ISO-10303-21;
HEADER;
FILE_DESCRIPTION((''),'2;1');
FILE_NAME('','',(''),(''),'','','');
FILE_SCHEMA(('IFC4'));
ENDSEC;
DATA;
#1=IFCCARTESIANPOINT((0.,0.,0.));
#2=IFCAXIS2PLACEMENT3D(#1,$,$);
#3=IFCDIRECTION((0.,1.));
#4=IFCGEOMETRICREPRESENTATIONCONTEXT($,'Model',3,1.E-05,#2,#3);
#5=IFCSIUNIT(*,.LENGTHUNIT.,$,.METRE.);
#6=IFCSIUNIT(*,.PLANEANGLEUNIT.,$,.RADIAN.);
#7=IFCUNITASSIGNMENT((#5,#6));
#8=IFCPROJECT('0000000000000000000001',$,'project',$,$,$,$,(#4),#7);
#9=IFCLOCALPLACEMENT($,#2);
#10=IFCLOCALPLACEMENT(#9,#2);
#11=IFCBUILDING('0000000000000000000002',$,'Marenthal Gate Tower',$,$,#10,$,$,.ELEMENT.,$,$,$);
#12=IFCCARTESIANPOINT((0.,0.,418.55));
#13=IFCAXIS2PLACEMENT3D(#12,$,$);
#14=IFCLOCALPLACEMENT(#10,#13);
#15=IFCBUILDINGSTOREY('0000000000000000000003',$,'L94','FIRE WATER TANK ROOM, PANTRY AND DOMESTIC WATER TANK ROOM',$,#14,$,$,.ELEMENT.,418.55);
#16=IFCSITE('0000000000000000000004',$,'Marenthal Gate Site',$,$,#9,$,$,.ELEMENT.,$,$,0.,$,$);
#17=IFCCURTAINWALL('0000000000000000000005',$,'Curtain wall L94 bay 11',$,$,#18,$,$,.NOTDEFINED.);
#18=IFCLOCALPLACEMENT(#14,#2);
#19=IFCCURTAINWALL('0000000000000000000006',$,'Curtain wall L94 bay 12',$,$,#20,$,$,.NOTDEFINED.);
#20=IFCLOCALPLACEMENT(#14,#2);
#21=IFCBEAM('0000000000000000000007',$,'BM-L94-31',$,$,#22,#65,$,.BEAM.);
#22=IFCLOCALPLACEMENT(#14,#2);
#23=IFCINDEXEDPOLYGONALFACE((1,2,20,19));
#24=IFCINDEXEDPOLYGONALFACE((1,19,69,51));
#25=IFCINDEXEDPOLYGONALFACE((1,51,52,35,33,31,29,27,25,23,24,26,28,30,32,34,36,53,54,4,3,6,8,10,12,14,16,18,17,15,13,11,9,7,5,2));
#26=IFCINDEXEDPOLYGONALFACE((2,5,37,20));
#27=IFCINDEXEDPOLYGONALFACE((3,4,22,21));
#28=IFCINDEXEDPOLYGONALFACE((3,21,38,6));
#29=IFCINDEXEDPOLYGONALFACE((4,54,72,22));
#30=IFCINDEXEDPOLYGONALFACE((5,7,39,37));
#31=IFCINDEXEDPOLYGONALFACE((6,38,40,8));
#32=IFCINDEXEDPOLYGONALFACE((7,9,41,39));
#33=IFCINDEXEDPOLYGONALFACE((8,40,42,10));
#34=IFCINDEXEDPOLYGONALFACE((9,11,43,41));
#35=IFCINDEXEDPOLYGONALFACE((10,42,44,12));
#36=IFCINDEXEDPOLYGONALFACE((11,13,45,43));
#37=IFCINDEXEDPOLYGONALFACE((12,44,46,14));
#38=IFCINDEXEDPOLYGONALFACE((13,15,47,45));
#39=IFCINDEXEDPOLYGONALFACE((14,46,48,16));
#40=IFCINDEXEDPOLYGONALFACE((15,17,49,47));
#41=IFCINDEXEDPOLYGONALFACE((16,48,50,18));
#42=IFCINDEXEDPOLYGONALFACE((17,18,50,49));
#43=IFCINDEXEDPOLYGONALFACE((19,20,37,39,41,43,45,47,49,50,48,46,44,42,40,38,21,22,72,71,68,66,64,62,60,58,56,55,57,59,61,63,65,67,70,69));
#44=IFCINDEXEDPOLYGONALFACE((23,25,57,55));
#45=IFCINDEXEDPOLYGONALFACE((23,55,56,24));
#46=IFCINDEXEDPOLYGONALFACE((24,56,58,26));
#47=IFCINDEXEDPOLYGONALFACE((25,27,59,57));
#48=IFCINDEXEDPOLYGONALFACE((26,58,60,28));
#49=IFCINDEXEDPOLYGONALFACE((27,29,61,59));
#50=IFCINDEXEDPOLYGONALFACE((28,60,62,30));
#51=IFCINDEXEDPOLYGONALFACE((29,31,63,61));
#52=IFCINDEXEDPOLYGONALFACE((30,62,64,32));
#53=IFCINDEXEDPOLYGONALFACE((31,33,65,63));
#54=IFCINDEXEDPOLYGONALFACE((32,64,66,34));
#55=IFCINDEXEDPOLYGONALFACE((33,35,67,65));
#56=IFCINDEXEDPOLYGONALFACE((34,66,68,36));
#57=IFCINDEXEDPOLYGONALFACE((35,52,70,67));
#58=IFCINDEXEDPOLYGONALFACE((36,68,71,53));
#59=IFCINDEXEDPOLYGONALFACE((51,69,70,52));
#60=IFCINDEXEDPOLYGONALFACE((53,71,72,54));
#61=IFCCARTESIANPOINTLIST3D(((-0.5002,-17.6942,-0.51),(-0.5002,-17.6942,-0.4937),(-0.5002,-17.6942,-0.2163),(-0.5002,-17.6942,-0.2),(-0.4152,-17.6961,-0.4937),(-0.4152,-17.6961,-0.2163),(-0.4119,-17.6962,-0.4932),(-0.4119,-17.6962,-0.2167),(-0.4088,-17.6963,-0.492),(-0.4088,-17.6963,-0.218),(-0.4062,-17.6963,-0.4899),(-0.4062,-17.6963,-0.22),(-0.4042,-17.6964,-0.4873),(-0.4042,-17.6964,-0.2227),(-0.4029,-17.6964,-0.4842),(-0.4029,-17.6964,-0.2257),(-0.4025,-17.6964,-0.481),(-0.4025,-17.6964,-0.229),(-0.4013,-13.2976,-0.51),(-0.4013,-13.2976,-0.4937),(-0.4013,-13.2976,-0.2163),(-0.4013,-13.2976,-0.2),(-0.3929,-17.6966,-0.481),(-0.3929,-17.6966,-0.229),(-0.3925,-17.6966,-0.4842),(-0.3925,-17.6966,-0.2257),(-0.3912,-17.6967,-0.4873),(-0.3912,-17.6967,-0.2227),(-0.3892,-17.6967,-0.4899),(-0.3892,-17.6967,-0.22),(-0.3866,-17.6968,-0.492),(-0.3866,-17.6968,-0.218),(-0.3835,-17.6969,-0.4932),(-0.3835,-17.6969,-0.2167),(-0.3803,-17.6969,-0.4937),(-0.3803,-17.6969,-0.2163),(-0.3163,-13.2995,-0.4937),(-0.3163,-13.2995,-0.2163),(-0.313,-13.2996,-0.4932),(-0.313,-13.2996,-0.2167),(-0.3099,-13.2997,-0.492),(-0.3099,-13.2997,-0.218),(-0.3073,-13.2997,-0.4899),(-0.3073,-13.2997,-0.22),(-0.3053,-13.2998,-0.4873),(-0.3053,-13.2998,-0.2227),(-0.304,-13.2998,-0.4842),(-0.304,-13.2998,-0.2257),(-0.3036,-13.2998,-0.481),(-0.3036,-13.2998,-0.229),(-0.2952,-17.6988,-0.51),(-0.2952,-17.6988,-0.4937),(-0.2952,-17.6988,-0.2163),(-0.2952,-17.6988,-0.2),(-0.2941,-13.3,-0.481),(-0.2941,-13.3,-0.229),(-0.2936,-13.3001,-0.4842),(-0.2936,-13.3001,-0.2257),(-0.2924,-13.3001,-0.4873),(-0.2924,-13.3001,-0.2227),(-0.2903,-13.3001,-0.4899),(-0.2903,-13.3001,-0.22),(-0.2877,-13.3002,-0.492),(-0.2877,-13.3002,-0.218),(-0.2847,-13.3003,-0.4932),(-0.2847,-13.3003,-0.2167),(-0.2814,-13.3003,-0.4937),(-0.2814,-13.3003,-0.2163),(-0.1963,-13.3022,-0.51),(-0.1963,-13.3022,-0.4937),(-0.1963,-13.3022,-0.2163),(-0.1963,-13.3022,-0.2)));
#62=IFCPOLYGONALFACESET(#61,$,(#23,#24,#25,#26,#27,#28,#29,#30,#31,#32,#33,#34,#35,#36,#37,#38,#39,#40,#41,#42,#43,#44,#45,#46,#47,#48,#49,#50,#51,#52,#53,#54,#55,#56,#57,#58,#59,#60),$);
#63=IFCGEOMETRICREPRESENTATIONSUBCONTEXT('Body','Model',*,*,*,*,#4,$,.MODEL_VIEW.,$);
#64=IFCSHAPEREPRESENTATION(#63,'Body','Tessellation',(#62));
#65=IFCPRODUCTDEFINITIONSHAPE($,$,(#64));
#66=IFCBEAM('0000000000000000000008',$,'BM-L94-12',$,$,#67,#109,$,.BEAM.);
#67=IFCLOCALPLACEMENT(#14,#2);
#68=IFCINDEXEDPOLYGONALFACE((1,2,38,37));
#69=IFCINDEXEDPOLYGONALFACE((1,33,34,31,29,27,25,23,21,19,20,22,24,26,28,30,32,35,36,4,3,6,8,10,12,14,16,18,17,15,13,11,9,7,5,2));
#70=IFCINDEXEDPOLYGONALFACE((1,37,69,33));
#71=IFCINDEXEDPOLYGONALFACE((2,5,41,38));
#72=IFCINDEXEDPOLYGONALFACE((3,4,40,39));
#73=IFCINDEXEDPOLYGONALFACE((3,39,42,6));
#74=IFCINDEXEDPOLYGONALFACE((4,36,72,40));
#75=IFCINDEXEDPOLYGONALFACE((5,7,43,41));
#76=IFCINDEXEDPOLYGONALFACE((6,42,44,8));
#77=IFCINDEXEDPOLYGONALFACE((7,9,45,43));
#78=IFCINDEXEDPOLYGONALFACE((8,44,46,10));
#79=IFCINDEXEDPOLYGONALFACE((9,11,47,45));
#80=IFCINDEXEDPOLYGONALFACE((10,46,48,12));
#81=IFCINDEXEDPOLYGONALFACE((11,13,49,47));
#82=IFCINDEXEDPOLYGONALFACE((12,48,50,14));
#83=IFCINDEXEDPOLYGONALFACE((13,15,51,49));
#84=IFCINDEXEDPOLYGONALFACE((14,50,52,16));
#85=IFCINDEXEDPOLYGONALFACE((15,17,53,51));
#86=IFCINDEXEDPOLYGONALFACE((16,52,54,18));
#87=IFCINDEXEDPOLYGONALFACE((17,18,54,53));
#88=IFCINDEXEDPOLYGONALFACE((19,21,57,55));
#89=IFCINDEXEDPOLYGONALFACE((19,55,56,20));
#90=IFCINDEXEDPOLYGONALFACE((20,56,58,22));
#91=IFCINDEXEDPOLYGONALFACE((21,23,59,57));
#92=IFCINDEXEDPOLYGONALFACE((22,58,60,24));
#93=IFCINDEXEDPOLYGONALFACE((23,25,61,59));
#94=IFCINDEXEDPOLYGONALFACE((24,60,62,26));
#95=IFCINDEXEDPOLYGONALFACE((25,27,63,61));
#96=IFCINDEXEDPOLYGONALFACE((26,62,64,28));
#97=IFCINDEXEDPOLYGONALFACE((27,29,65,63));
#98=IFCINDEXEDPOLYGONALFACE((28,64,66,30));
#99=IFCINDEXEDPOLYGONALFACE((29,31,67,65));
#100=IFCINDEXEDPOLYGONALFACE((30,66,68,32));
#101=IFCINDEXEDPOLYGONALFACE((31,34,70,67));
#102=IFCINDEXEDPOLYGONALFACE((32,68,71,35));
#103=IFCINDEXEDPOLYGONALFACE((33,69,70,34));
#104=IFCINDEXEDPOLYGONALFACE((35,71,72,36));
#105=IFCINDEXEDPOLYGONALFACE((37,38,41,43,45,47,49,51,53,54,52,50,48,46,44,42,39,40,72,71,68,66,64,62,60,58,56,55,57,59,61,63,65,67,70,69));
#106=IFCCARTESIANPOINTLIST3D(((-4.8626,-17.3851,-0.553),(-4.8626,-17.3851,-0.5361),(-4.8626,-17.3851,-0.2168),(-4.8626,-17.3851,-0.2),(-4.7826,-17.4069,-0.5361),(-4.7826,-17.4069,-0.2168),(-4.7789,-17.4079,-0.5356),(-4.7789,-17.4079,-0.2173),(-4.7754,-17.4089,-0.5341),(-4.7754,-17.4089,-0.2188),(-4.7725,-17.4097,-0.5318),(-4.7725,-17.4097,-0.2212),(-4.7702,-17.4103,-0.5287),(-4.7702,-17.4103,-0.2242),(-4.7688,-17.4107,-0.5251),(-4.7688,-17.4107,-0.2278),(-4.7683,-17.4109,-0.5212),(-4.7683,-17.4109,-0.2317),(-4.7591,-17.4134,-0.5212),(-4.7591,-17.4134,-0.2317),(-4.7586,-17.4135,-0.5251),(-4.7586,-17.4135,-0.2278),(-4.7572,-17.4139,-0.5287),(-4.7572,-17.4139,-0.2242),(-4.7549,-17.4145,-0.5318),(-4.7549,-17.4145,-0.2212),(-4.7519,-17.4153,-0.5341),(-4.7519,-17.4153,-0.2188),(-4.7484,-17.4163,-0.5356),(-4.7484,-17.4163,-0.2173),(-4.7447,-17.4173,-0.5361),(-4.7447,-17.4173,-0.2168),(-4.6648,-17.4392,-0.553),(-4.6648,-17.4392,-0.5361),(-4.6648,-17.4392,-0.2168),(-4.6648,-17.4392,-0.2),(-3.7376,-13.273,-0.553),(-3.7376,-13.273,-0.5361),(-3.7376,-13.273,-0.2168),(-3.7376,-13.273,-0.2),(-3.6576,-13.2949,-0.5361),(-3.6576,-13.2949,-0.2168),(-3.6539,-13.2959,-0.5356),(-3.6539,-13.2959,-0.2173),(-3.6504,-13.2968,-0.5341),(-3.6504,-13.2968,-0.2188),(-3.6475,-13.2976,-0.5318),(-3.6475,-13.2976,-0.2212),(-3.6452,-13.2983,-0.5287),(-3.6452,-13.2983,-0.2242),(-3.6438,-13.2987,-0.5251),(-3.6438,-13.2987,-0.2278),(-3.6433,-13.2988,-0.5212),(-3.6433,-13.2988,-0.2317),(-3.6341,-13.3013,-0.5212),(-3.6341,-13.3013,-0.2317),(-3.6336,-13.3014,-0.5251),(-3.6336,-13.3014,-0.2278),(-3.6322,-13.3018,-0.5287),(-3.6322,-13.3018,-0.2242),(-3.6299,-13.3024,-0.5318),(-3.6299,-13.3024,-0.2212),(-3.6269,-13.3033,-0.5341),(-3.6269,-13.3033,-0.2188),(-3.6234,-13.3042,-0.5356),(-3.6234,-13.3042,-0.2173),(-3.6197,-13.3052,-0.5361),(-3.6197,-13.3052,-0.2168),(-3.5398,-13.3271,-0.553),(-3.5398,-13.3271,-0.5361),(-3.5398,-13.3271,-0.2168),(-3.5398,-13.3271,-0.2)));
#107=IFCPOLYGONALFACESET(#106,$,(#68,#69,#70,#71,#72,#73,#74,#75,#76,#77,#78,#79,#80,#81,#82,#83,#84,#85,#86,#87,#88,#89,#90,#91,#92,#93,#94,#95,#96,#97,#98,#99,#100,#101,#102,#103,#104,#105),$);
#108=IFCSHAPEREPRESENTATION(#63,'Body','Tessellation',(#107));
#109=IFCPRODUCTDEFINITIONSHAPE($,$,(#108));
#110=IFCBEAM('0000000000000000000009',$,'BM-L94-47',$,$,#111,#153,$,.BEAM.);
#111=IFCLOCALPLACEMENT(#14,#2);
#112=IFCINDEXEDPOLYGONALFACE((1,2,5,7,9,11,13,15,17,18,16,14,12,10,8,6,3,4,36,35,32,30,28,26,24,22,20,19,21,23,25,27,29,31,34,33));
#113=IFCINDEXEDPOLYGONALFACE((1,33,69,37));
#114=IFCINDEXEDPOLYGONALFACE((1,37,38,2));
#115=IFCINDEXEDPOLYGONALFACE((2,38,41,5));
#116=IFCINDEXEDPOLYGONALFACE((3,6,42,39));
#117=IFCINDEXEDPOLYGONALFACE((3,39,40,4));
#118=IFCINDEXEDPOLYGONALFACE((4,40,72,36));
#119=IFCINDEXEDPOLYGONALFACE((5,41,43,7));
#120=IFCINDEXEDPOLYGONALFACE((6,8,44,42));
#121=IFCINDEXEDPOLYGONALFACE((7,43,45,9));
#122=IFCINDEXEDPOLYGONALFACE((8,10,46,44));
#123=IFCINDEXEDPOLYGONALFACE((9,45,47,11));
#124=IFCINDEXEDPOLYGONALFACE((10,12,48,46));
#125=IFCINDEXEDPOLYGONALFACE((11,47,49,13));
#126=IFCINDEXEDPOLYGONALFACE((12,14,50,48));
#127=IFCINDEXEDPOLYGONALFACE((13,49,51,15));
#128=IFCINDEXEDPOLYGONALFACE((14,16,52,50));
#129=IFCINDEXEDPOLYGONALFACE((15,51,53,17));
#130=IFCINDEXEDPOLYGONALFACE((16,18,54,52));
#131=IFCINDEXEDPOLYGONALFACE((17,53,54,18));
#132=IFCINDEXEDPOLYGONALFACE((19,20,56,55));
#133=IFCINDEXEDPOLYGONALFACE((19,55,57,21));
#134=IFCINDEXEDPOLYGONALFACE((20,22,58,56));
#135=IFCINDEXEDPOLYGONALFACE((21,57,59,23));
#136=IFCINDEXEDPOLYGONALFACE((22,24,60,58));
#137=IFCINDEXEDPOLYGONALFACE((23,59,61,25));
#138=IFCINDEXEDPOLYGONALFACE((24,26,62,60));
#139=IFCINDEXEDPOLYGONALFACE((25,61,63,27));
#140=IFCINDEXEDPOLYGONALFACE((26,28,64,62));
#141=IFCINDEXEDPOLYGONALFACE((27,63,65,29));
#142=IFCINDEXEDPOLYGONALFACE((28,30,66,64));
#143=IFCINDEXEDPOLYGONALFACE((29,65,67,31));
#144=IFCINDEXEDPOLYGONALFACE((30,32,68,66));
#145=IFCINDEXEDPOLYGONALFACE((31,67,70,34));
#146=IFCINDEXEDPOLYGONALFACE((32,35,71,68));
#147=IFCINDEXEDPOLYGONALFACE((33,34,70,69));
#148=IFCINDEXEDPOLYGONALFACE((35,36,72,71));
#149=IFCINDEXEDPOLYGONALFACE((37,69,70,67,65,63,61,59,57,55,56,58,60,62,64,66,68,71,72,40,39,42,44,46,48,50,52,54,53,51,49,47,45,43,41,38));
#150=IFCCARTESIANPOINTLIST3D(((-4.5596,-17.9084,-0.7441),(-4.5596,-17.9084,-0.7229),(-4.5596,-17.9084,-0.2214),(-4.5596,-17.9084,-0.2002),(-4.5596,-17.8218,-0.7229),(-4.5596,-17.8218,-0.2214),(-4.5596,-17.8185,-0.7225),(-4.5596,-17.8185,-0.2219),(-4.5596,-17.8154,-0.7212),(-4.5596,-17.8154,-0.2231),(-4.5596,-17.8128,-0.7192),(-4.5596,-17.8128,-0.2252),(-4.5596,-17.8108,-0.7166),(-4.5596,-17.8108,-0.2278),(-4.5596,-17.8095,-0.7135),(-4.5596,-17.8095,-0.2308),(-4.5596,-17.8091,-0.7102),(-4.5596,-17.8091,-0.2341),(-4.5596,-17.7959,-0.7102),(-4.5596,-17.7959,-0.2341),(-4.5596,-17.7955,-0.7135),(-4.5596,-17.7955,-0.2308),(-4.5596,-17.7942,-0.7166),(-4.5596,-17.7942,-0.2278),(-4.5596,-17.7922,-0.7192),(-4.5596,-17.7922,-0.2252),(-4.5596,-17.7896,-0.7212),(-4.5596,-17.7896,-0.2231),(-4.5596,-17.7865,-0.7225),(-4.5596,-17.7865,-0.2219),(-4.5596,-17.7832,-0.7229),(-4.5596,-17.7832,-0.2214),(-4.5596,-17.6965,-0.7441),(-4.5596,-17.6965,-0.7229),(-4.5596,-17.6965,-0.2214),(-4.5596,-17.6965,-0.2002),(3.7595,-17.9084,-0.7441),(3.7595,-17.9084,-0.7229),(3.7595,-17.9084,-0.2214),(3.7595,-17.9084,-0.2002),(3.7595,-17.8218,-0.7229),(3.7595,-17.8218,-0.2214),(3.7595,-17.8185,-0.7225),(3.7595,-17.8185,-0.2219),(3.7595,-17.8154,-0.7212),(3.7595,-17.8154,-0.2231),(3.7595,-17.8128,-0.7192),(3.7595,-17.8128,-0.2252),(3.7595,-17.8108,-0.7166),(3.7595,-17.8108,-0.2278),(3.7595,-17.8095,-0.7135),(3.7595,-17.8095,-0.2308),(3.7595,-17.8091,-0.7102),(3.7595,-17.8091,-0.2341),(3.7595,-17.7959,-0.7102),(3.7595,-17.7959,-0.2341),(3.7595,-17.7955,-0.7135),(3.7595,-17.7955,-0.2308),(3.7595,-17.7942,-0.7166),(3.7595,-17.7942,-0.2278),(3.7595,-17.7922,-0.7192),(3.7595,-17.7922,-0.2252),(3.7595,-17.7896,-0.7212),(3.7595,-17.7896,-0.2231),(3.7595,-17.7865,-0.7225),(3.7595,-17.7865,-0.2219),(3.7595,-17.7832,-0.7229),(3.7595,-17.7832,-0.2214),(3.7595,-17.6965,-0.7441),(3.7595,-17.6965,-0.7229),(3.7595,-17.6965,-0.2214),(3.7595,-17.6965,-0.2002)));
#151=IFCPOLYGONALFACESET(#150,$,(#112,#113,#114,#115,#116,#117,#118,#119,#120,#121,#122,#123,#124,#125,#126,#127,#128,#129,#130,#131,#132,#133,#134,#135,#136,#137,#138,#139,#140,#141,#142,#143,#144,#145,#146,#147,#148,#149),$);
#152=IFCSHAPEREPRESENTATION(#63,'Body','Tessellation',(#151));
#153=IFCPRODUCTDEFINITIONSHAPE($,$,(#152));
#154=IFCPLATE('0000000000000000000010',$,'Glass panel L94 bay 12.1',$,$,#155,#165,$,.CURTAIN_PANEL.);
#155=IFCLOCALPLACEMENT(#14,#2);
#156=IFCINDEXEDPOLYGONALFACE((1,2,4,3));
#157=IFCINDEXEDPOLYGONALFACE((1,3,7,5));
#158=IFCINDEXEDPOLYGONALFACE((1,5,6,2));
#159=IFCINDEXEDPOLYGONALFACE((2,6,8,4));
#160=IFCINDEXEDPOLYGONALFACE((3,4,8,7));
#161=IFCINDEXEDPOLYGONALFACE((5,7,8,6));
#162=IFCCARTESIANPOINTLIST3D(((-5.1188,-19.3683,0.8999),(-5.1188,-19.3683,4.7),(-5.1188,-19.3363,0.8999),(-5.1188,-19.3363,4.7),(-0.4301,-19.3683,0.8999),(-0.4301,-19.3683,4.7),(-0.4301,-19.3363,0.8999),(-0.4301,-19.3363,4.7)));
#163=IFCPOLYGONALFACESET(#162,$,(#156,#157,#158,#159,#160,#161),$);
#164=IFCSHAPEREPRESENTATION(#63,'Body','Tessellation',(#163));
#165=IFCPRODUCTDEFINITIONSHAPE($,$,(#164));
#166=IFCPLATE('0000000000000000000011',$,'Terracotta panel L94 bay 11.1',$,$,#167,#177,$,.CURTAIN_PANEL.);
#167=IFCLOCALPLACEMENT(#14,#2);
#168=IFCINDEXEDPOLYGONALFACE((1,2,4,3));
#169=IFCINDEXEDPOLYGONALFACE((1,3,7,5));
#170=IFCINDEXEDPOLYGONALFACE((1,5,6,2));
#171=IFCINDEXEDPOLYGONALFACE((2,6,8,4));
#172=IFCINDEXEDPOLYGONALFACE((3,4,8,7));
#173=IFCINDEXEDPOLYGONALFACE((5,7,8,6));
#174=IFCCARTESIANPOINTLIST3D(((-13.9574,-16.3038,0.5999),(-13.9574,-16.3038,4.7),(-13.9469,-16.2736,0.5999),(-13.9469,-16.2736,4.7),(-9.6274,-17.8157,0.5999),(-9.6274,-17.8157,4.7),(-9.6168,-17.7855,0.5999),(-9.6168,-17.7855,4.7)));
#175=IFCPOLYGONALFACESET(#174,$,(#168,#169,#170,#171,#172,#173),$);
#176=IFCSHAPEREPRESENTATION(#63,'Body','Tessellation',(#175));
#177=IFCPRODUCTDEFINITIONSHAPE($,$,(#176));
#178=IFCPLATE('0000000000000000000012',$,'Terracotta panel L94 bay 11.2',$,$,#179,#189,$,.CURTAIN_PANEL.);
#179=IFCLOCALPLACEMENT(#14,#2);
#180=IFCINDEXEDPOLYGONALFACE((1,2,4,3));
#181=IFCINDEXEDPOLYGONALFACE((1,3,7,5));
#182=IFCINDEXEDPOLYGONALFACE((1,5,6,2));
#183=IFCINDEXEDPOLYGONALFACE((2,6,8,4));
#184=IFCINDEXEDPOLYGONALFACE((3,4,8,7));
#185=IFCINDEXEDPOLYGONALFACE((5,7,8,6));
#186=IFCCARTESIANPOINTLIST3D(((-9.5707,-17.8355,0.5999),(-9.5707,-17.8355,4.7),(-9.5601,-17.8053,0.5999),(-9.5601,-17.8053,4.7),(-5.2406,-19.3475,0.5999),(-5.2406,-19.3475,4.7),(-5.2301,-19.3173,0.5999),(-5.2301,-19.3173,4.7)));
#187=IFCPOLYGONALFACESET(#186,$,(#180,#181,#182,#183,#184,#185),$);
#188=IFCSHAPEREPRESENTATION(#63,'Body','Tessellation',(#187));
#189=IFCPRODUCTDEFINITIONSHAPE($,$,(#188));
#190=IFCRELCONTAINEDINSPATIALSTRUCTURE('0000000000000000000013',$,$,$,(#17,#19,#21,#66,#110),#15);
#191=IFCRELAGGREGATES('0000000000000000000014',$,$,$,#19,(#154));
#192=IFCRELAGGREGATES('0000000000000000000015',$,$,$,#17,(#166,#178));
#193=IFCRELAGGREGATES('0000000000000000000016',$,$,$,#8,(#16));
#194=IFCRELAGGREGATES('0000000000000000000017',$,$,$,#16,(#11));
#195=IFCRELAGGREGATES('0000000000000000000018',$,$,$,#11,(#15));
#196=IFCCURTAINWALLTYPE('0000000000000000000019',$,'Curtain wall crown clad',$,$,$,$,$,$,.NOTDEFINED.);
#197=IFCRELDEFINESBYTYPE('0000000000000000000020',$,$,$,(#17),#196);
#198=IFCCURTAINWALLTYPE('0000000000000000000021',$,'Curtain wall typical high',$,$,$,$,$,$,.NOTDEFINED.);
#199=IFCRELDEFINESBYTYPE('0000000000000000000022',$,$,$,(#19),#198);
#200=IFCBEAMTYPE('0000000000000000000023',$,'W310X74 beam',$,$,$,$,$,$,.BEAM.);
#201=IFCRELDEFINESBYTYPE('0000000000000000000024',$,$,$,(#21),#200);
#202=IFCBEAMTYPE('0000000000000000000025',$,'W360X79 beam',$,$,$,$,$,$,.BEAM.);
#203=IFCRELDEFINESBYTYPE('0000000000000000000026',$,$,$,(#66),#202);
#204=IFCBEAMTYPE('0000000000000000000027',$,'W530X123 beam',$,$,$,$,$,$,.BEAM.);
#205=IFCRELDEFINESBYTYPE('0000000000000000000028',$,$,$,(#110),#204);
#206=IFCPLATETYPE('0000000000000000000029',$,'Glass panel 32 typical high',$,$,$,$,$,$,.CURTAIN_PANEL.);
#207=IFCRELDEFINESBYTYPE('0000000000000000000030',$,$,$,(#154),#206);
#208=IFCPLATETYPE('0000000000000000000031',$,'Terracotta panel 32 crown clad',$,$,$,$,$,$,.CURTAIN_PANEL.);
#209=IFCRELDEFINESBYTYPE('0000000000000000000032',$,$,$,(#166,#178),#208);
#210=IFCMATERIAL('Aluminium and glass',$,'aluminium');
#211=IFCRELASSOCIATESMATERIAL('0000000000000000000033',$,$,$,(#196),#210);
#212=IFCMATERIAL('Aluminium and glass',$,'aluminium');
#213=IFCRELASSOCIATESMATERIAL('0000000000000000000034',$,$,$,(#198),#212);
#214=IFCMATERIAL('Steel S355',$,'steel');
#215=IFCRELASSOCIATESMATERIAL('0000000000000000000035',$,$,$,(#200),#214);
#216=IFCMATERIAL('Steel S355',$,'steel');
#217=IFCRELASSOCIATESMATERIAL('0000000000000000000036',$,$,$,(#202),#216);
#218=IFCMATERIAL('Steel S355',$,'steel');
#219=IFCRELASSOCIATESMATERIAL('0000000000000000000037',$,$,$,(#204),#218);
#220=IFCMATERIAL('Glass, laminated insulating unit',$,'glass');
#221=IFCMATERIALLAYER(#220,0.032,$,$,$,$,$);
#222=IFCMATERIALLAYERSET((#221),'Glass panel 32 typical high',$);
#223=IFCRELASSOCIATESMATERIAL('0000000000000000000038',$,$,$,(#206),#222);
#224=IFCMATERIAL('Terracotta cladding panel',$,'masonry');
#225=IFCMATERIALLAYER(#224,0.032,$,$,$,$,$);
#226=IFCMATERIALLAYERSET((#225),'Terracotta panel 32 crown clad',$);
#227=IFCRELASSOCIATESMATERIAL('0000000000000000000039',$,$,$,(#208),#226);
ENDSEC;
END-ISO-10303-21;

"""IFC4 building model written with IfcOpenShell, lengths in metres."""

from ifc_helpers import new_model, si_unit, direction, frame, origin, origin_2d, place, context, subcontext, project, spatial, rectangle, i_section, extrude, material, layer, layer_set, material_profile, profile_set, type_object, element, aggregate, save


model = new_model("IFC4")

# Units and contexts
model_context = context("Model", 3, precision=1e-05, world=origin(), true_north=direction((0.0, 1.0)))
body_context = subcontext(model_context, "Body", "Model", "MODEL_VIEW")
ifc_project = project(units=[si_unit("LENGTHUNIT", "METRE"), si_unit("PLANEANGLEUNIT", "RADIAN")], contexts=[model_context])

# Site, building, storey
site_placement = place(None, origin())
site = spatial("IfcSite", under=ifc_project, at=site_placement, Name="Marenthal Gate Site", CompositionType="ELEMENT", RefElevation=0.0)
building_placement = place(site_placement, origin())
building = spatial("IfcBuilding", under=site, at=building_placement, Name="Marenthal Gate Tower", CompositionType="ELEMENT")
storey_placement = place(building_placement, frame((0.0, 0.0, 418.55)))
storey = spatial("IfcBuildingStorey", under=building, at=storey_placement, Name="L94", Description="FIRE WATER TANK ROOM, PANTRY AND DOMESTIC WATER TANK ROOM", CompositionType="ELEMENT", Elevation=418.55)

# Curtain walls
ifc_material_1 = material(Name="Aluminium and glass", Category="aluminium")
curtain_wall_type_1 = type_object("IfcCurtainWallType", Name="Curtain wall crown clad", PredefinedType="NOTDEFINED", material=ifc_material_1)
curtain_wall_1_placement = place(storey_placement, origin())
curtain_wall_1 = element("IfcCurtainWall", 1, at=curtain_wall_1_placement, inside=storey, type_object=curtain_wall_type_1, Name="Curtain wall L94 bay 11", PredefinedType="NOTDEFINED")
ifc_material_2 = material(Name="Aluminium and glass", Category="aluminium")
curtain_wall_type_2 = type_object("IfcCurtainWallType", Name="Curtain wall typical high", PredefinedType="NOTDEFINED", material=ifc_material_2)
curtain_wall_2_placement = place(storey_placement, origin())
curtain_wall_2 = element("IfcCurtainWall", 2, at=curtain_wall_2_placement, inside=storey, type_object=curtain_wall_type_2, Name="Curtain wall L94 bay 12", PredefinedType="NOTDEFINED")

# Beams
ifc_material_3 = material(Name="Steel S355", Category="steel")
ifc_material_profile_1 = material_profile(ifc_material_3, i_section(OverallWidth=0.2051, OverallDepth=0.3101, WebThickness=0.0095, FlangeThickness=0.0164, FilletRadius=0.0127, at=origin_2d()), Name="W310X74")
ifc_profile_set_1 = profile_set([ifc_material_profile_1], Name="Steel S355")
beam_type_1 = type_object("IfcBeamType", Name="W310X74 beam", PredefinedType="BEAM", material=ifc_profile_set_1)
beam_1_placement = place(storey_placement, frame((-0.3977, -17.6965, -0.355), z_axis=(0.022484, 0.999747, 0.0), x_axis=(-0.999747, 0.022484, 0.0)))
element("IfcBeam", 3, at=beam_1_placement, inside=storey, type_object=beam_type_1, Name="BM-L94-31", PredefinedType="BEAM", context=body_context, shape_type="SweptSolid", body=[
    extrude(i_section(OverallWidth=0.2051, OverallDepth=0.3101, WebThickness=0.0095, FlangeThickness=0.0164, FilletRadius=0.0127, at=origin_2d()), origin(), (0.0, 0.0, 1.0), 4.3977),
])
ifc_material_4 = material(Name="Steel S355", Category="steel")
ifc_material_profile_2 = material_profile(ifc_material_4, i_section(OverallWidth=0.2051, OverallDepth=0.353, WebThickness=0.0095, FlangeThickness=0.0168, FilletRadius=0.0149, at=origin_2d()), Name="W360X79")
ifc_profile_set_2 = profile_set([ifc_material_profile_2], Name="Steel S355")
beam_type_2 = type_object("IfcBeamType", Name="W360X79 beam", PredefinedType="BEAM", material=ifc_profile_set_2)
beam_2_placement = place(storey_placement, frame((-4.7637, -17.4121, -0.3765), z_axis=(0.263888, 0.964553, 0.0), x_axis=(-0.964553, 0.263888, 0.0)))
element("IfcBeam", 4, at=beam_2_placement, inside=storey, type_object=beam_type_2, Name="BM-L94-12", PredefinedType="BEAM", context=body_context, shape_type="SweptSolid", body=[
    extrude(i_section(OverallWidth=0.2051, OverallDepth=0.353, WebThickness=0.0095, FlangeThickness=0.0168, FilletRadius=0.0149, at=origin_2d()), origin(), (0.0, 0.0, 1.0), 4.2632),
])
ifc_material_5 = material(Name="Steel S355", Category="steel")
ifc_material_profile_3 = material_profile(ifc_material_5, i_section(OverallWidth=0.2119, OverallDepth=0.5439, WebThickness=0.0132, FlangeThickness=0.0212, FilletRadius=0.0127, at=origin_2d()), Name="W530X123")
ifc_profile_set_3 = profile_set([ifc_material_profile_3], Name="Steel S355")
beam_type_3 = type_object("IfcBeamType", Name="W530X123 beam", PredefinedType="BEAM", material=ifc_profile_set_3)
beam_3_placement = place(storey_placement, frame((-4.5596, -17.8025, -0.4722), z_axis=(1.0, 0.0, 0.0), x_axis=(0.0, 1.0, 0.0)))
element("IfcBeam", 5, at=beam_3_placement, inside=storey, type_object=beam_type_3, Name="BM-L94-47", PredefinedType="BEAM", context=body_context, shape_type="SweptSolid", body=[
    extrude(i_section(OverallWidth=0.2119, OverallDepth=0.5439, WebThickness=0.0132, FlangeThickness=0.0212, FilletRadius=0.0127, at=origin_2d()), origin(), (0.0, 0.0, 1.0), 8.3191),
])

# Plates
ifc_material_6 = material(Name="Glass, laminated insulating unit", Category="glass")
ifc_layer_1 = layer(ifc_material_6, 0.032)
ifc_layer_set_1 = layer_set([ifc_layer_1], Name="Glass panel 32 typical high")
plate_type_1 = type_object("IfcPlateType", Name="Glass panel 32 typical high", PredefinedType="CURTAIN_PANEL", material=ifc_layer_set_1)
plate_1_placement = place(storey_placement, frame((-2.7744, -19.3523, 0.8999), z_axis=(0.0, 0.0, 1.0), x_axis=(1.0, 0.0, 0.0)))
plate_1 = element("IfcPlate", 6, at=plate_1_placement, type_object=plate_type_1, Name="Glass panel L94 bay 12.1", PredefinedType="CURTAIN_PANEL", context=body_context, shape_type="SweptSolid", body=[
    extrude(rectangle(XDim=4.6887, YDim=0.032, at=origin_2d()), origin(), (0.0, 0.0, 1.0), 3.8),
])
aggregate(curtain_wall_2, [plate_1])
ifc_material_7 = material(Name="Terracotta cladding panel", Category="masonry")
ifc_layer_2 = layer(ifc_material_7, 0.032)
ifc_layer_set_2 = layer_set([ifc_layer_2], Name="Terracotta panel 32 crown clad")
plate_type_2 = type_object("IfcPlateType", Name="Terracotta panel 32 crown clad", PredefinedType="CURTAIN_PANEL", material=ifc_layer_set_2)
plate_2_placement = place(storey_placement, frame((-11.7871, -17.0447, 0.5999), z_axis=(0.0, 0.0, 1.0), x_axis=(0.944101, -0.329655, 0.0)))
plate_2 = element("IfcPlate", 7, at=plate_2_placement, type_object=plate_type_2, Name="Terracotta panel L94 bay 11.1", PredefinedType="CURTAIN_PANEL", context=body_context, shape_type="SweptSolid", body=[
    extrude(rectangle(XDim=4.5864, YDim=0.032, at=origin_2d()), origin(), (0.0, 0.0, 1.0), 4.1001),
])
plate_3_placement = place(storey_placement, frame((-7.4004, -18.5764, 0.5999), z_axis=(0.0, 0.0, 1.0), x_axis=(0.944101, -0.329655, 0.0)))
plate_3 = element("IfcPlate", 8, at=plate_3_placement, type_object=plate_type_2, Name="Terracotta panel L94 bay 11.2", PredefinedType="CURTAIN_PANEL", context=body_context, shape_type="SweptSolid", body=[
    extrude(rectangle(XDim=4.5864, YDim=0.032, at=origin_2d()), origin(), (0.0, 0.0, 1.0), 4.1001),
])
aggregate(curtain_wall_1, [plate_2, plate_3])

save(model, "model.ifc")
